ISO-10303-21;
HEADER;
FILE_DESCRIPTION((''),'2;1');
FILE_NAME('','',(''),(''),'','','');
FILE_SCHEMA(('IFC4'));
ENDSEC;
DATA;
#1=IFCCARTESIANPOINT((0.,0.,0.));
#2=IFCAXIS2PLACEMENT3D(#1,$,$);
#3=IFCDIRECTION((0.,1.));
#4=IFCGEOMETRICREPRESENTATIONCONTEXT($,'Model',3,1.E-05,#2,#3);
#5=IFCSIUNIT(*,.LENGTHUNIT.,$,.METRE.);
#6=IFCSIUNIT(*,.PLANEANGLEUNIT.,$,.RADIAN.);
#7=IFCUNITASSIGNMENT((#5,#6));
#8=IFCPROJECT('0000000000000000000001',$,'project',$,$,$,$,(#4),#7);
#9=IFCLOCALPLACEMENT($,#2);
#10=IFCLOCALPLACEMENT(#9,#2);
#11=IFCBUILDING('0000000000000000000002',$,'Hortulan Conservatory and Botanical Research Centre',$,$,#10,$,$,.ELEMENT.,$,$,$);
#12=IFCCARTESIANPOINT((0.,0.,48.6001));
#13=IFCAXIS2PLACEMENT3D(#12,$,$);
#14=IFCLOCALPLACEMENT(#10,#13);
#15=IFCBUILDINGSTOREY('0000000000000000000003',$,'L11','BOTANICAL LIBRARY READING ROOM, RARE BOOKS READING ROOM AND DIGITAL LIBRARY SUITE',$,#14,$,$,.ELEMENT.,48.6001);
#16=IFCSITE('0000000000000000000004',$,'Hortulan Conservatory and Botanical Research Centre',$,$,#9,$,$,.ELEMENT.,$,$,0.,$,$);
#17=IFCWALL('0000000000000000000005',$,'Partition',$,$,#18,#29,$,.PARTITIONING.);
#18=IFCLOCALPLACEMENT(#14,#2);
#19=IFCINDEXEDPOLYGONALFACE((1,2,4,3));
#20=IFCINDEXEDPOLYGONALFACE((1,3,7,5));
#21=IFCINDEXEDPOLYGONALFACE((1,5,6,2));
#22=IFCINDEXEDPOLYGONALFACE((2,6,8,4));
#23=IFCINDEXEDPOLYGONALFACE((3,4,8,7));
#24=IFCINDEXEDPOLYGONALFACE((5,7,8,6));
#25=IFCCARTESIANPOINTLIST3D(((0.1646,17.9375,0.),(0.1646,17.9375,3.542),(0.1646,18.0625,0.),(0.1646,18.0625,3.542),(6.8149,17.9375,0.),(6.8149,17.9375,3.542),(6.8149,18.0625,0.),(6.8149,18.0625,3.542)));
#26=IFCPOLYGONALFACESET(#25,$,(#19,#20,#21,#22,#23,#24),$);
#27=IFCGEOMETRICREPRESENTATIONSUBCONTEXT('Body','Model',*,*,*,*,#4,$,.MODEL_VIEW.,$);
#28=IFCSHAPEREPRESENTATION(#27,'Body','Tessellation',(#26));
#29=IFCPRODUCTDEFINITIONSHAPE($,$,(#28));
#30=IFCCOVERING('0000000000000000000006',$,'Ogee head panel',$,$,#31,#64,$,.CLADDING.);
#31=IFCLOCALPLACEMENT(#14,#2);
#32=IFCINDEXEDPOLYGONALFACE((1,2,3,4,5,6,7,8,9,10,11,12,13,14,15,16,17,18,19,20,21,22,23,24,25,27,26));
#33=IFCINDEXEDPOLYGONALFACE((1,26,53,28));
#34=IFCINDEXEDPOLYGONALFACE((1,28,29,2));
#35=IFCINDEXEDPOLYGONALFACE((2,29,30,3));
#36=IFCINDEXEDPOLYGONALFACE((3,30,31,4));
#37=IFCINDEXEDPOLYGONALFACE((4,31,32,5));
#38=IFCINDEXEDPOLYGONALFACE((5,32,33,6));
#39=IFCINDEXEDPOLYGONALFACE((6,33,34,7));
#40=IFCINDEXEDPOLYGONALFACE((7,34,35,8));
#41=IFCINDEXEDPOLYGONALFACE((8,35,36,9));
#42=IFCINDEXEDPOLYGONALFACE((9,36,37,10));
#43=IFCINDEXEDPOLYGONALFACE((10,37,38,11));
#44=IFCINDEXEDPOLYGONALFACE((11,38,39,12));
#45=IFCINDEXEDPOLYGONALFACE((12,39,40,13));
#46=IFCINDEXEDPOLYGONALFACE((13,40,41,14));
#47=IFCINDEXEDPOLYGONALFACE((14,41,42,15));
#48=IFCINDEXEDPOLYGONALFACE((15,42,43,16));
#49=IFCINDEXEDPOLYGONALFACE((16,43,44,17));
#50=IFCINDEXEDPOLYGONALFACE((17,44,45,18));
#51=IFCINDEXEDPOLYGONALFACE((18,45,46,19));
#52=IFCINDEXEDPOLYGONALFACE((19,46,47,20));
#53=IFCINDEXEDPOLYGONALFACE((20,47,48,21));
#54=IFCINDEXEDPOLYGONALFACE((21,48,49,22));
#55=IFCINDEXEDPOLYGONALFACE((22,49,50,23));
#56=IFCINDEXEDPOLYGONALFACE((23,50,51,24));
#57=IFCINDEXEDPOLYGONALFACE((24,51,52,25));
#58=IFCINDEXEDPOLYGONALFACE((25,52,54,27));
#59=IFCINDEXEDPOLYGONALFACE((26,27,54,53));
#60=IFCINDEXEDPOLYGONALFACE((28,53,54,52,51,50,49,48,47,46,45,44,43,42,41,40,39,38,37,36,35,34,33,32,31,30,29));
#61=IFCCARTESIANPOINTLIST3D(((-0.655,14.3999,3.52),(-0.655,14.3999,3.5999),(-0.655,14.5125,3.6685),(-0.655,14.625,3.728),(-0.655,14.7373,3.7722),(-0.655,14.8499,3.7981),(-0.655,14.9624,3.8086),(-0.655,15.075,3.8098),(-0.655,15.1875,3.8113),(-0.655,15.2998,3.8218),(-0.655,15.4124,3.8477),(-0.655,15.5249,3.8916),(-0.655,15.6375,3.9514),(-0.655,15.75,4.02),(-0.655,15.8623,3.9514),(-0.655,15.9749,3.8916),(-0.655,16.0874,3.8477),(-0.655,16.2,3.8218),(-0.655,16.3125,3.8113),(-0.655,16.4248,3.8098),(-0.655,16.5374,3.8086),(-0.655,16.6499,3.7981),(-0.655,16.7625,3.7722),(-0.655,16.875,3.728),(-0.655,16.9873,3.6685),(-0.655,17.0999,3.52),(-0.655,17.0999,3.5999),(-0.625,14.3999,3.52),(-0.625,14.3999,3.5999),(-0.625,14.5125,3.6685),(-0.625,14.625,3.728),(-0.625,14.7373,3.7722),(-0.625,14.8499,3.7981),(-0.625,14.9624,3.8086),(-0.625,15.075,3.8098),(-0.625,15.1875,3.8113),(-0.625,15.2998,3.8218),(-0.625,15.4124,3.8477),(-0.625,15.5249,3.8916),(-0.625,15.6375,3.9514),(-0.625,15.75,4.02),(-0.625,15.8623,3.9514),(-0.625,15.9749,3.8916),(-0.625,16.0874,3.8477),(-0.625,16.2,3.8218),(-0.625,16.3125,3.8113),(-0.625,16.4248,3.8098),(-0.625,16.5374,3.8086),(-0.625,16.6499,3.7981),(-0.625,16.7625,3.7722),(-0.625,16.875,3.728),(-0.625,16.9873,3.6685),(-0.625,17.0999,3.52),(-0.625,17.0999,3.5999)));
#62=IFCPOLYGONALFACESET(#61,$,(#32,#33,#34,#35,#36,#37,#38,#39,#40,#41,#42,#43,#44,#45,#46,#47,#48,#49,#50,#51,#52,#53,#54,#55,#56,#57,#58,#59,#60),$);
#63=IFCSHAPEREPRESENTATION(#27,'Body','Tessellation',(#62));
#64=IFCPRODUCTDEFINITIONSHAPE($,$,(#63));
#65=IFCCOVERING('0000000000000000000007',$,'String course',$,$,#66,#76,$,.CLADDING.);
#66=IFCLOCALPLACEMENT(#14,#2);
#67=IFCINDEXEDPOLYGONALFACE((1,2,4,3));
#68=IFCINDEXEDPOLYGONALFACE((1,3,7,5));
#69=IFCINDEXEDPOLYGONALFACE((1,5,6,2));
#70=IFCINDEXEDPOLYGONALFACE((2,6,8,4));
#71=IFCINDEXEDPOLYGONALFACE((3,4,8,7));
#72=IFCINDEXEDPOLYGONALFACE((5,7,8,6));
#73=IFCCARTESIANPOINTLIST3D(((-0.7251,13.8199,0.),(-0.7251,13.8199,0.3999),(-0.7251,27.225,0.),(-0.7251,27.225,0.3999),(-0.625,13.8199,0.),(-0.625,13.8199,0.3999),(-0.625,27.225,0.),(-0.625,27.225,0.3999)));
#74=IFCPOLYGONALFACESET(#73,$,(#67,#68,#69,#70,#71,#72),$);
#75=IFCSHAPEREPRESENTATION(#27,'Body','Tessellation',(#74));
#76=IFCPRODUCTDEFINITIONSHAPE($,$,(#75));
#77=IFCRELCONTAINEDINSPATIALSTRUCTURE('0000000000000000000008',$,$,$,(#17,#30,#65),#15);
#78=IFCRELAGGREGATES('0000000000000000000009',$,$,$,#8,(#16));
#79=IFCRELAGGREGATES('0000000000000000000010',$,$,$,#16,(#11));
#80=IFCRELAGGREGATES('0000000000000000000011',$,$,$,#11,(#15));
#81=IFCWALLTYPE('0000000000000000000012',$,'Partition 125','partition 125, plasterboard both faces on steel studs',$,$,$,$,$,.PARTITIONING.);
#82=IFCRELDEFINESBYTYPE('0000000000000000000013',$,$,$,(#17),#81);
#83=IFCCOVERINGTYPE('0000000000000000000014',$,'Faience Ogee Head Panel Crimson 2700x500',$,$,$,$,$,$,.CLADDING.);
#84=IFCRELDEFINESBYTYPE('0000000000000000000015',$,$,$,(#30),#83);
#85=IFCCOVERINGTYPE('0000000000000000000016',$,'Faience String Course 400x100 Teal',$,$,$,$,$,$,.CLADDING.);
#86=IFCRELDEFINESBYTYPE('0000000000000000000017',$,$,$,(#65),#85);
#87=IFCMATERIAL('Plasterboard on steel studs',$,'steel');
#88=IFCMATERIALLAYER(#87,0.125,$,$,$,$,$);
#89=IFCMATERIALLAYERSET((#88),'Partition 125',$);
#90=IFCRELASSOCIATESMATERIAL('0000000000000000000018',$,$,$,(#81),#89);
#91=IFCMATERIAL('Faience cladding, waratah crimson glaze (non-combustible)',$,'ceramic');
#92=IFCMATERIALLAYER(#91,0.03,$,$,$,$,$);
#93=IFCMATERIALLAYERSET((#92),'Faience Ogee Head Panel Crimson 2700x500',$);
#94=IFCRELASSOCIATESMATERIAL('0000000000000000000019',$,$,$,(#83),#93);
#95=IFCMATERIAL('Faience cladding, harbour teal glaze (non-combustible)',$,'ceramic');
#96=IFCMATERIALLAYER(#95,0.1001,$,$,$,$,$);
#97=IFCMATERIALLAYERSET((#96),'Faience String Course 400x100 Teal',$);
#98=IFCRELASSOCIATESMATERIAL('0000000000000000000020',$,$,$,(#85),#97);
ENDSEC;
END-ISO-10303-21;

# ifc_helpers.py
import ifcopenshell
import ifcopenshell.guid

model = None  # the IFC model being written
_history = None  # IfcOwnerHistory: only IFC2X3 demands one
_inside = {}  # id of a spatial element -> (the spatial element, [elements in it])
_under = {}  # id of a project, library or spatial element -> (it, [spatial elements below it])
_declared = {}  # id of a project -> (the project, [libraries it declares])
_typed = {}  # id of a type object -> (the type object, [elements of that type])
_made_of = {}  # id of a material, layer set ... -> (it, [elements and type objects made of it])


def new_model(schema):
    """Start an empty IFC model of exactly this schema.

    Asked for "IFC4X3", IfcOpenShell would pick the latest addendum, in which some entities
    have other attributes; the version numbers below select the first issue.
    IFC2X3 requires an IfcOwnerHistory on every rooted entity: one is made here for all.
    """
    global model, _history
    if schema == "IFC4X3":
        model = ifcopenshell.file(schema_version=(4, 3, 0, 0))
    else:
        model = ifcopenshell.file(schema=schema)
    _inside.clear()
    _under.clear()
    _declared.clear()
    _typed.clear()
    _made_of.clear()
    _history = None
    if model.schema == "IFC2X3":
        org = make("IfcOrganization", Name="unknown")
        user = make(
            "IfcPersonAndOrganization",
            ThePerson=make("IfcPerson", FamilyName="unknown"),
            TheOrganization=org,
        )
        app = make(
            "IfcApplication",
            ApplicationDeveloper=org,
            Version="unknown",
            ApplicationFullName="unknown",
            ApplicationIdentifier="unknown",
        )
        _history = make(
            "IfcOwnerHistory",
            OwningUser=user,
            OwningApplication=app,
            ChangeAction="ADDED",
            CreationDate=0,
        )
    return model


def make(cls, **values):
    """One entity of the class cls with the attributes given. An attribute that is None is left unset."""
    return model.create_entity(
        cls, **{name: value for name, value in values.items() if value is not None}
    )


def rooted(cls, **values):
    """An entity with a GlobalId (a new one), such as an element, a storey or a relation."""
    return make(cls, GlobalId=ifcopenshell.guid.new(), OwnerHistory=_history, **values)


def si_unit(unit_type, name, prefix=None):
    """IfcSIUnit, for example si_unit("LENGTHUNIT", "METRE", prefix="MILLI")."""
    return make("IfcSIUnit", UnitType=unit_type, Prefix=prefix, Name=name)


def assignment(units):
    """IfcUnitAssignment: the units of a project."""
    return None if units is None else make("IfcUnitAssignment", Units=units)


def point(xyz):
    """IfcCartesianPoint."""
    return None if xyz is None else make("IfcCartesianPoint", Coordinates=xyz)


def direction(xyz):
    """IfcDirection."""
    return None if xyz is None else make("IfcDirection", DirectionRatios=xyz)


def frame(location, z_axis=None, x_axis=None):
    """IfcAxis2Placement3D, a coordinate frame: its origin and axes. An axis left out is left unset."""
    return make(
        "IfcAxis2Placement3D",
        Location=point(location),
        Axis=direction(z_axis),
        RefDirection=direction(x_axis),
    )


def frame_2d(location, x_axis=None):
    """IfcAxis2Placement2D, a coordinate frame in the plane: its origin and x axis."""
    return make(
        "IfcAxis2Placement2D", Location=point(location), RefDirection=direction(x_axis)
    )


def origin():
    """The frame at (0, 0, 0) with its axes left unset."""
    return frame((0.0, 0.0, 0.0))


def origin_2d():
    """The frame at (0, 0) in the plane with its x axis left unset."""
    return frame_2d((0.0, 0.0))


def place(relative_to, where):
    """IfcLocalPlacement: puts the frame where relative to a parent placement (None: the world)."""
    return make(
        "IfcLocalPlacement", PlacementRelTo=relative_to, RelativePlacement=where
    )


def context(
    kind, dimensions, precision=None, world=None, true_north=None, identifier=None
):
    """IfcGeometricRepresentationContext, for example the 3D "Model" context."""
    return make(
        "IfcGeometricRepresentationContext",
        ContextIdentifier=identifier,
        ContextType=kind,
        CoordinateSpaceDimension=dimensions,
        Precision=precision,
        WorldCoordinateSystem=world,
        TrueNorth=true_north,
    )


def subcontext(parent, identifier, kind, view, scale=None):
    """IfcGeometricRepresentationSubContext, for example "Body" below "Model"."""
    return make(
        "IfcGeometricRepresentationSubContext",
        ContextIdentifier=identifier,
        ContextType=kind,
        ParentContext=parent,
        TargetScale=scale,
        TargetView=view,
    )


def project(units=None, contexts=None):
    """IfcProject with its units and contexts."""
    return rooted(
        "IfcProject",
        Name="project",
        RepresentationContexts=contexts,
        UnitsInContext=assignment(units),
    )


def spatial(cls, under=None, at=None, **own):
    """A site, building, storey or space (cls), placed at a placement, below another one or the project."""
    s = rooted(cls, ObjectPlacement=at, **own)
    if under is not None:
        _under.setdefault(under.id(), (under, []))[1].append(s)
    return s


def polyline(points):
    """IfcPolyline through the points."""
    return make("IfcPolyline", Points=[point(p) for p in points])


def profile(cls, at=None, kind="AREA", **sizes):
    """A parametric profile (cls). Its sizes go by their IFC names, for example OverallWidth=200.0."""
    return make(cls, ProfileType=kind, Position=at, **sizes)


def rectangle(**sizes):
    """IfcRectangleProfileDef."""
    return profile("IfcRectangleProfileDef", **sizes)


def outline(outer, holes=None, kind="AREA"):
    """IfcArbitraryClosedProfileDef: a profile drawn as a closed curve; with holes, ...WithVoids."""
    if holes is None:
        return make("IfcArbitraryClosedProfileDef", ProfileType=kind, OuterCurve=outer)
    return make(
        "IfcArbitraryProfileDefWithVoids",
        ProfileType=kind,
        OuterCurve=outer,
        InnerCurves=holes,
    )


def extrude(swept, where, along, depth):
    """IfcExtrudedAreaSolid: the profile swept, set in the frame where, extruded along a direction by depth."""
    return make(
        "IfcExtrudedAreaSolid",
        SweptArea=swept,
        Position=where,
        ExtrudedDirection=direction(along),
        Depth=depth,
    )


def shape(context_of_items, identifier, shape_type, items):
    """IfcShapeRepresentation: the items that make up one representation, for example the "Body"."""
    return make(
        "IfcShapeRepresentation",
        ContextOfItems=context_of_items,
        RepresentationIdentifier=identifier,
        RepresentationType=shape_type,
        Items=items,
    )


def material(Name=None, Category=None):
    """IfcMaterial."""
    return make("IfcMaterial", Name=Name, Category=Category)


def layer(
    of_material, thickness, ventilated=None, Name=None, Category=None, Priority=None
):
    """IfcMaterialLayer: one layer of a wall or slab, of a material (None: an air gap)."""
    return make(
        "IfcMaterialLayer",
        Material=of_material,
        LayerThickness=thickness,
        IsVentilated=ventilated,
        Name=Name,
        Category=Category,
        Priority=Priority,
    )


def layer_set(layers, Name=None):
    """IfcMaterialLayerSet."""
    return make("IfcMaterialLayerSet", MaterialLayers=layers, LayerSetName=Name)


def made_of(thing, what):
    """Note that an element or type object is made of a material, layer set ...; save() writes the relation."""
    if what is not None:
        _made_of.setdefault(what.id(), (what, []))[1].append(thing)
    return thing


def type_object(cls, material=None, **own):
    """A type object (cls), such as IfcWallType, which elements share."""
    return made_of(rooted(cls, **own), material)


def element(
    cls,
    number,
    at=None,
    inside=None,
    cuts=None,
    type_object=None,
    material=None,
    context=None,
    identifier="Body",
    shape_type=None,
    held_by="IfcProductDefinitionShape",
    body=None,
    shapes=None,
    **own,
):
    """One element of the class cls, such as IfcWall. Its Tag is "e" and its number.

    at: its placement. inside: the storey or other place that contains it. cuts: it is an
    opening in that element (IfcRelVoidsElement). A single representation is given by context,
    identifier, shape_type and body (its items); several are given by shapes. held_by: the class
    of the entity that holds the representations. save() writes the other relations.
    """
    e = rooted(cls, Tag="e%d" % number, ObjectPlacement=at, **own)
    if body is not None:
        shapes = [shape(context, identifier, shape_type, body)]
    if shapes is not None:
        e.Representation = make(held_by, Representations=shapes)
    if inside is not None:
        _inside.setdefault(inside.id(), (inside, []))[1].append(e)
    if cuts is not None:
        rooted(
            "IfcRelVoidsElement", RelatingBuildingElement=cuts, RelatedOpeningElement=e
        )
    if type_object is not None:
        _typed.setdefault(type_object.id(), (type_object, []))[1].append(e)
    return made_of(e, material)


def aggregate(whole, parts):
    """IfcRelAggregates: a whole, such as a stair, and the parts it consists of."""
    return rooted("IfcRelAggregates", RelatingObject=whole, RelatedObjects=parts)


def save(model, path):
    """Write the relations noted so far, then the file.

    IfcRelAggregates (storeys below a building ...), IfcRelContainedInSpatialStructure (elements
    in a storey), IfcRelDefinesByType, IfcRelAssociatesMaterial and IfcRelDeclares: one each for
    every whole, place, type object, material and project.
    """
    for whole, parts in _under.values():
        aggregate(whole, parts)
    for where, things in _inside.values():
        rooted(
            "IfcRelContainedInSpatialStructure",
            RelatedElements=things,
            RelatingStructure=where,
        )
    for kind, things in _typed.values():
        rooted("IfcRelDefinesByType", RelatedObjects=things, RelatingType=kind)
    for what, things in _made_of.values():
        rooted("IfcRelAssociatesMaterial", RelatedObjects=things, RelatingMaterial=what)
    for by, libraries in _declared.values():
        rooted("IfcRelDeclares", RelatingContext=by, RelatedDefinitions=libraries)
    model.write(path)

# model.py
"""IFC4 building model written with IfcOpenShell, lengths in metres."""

from ifc_helpers import new_model, si_unit, direction, frame, frame_2d, origin, origin_2d, place, context, subcontext, project, spatial, polyline, rectangle, outline, extrude, material, layer, layer_set, type_object, element, save


model = new_model("IFC4")

# Units and contexts
model_context = context("Model", 3, precision=1e-05, world=origin(), true_north=direction((0.0, 1.0)))
body_context = subcontext(model_context, "Body", "Model", "MODEL_VIEW")
ifc_project = project(units=[si_unit("LENGTHUNIT", "METRE"), si_unit("PLANEANGLEUNIT", "RADIAN")], contexts=[model_context])

# Site, building, storey
site_placement = place(None, origin())
site = spatial("IfcSite", under=ifc_project, at=site_placement, Name="Hortulan Conservatory and Botanical Research Centre", CompositionType="ELEMENT", RefElevation=0.0)
building_placement = place(site_placement, origin())
building = spatial("IfcBuilding", under=site, at=building_placement, Name="Hortulan Conservatory and Botanical Research Centre", CompositionType="ELEMENT")
storey_placement = place(building_placement, frame((0.0, 0.0, 48.6001)))
storey = spatial("IfcBuildingStorey", under=building, at=storey_placement, Name="L11", Description="BOTANICAL LIBRARY READING ROOM, RARE BOOKS READING ROOM AND DIGITAL LIBRARY SUITE", CompositionType="ELEMENT", Elevation=48.6001)

# Shared definitions
ifc_material_1 = material(Name="Plasterboard on steel studs", Category="steel")

# Wall
ifc_layer_1 = layer(ifc_material_1, 0.125)
ifc_layer_set_1 = layer_set([ifc_layer_1], Name="Partition 125")
wall_type_1 = type_object("IfcWallType", Name="Partition 125", Description="partition 125, plasterboard both faces on steel studs", PredefinedType="PARTITIONING", material=ifc_layer_set_1)
wall_1_placement = place(storey_placement, frame((0.1646, 18.0, 0.0), z_axis=(0.0, 0.0, 1.0), x_axis=(1.0, 0.0, 0.0)))
element("IfcWall", 1, at=wall_1_placement, inside=storey, type_object=wall_type_1, Name="Partition", PredefinedType="PARTITIONING", context=body_context, shape_type="SweptSolid", body=[
    extrude(rectangle(XDim=6.6504, YDim=0.125, at=frame_2d((3.3252, 0.0))), origin(), (0.0, 0.0, 1.0), 3.542),
])

# Coverings
ifc_material_2 = material(Name="Faience cladding, waratah crimson glaze (non-combustible)", Category="ceramic")
ifc_layer_2 = layer(ifc_material_2, 0.03)
ifc_layer_set_2 = layer_set([ifc_layer_2], Name="Faience Ogee Head Panel Crimson 2700x500")
covering_type_1 = type_object("IfcCoveringType", Name="Faience Ogee Head Panel Crimson 2700x500", PredefinedType="CLADDING", material=ifc_layer_set_2)
covering_1_placement = place(storey_placement, frame((-0.6399, 14.3999, 3.52), z_axis=(0.0, 0.0, 1.0), x_axis=(0.0, 1.0, 0.0)))
element("IfcCovering", 2, at=covering_1_placement, inside=storey, type_object=covering_type_1, Name="Ogee head panel", PredefinedType="CLADDING", context=body_context, shape_type="SweptSolid", body=[
    extrude(outline(polyline([(0.0, 0.0), (2.7, 0.0), (2.7, 0.0798), (2.5874, 0.1484), (2.4751, 0.208), (2.3625, 0.2522), (2.25, 0.2781), (2.1375, 0.2886), (2.0249, 0.2898), (1.9126, 0.2913), (1.8, 0.3018), (1.6875, 0.3276), (1.575, 0.3716), (1.4624, 0.4314), (1.3501, 0.5), (1.2375, 0.4314), (1.125, 0.3716), (1.0125, 0.3276), (0.8999, 0.3018), (0.7876, 0.2913), (0.675, 0.2898), (0.5625, 0.2886), (0.45, 0.2781), (0.3374, 0.2522), (0.2251, 0.208), (0.1125, 0.1484), (0.0, 0.0798), (0.0, 0.0)])), frame((0.0, 0.0151, 0.0), z_axis=(0.0, -1.0, 0.0), x_axis=(1.0, 0.0, 0.0)), (0.0, 0.0, 1.0), 0.03),
])
ifc_material_3 = material(Name="Faience cladding, harbour teal glaze (non-combustible)", Category="ceramic")
ifc_layer_3 = layer(ifc_material_3, 0.1001)
ifc_layer_set_3 = layer_set([ifc_layer_3], Name="Faience String Course 400x100 Teal")
covering_type_2 = type_object("IfcCoveringType", Name="Faience String Course 400x100 Teal", PredefinedType="CLADDING", material=ifc_layer_set_3)
covering_2_placement = place(storey_placement, frame((-0.675, 20.5225, 0.0), z_axis=(0.0, 0.0, 1.0), x_axis=(0.0, 1.0, 0.0)))
element("IfcCovering", 3, at=covering_2_placement, inside=storey, type_object=covering_type_2, Name="String course", PredefinedType="CLADDING", context=body_context, shape_type="SweptSolid", body=[
    extrude(rectangle(XDim=13.405, YDim=0.1001, at=origin_2d()), origin(), (0.0, 0.0, 1.0), 0.3999),
])

save(model, "model.ifc")
